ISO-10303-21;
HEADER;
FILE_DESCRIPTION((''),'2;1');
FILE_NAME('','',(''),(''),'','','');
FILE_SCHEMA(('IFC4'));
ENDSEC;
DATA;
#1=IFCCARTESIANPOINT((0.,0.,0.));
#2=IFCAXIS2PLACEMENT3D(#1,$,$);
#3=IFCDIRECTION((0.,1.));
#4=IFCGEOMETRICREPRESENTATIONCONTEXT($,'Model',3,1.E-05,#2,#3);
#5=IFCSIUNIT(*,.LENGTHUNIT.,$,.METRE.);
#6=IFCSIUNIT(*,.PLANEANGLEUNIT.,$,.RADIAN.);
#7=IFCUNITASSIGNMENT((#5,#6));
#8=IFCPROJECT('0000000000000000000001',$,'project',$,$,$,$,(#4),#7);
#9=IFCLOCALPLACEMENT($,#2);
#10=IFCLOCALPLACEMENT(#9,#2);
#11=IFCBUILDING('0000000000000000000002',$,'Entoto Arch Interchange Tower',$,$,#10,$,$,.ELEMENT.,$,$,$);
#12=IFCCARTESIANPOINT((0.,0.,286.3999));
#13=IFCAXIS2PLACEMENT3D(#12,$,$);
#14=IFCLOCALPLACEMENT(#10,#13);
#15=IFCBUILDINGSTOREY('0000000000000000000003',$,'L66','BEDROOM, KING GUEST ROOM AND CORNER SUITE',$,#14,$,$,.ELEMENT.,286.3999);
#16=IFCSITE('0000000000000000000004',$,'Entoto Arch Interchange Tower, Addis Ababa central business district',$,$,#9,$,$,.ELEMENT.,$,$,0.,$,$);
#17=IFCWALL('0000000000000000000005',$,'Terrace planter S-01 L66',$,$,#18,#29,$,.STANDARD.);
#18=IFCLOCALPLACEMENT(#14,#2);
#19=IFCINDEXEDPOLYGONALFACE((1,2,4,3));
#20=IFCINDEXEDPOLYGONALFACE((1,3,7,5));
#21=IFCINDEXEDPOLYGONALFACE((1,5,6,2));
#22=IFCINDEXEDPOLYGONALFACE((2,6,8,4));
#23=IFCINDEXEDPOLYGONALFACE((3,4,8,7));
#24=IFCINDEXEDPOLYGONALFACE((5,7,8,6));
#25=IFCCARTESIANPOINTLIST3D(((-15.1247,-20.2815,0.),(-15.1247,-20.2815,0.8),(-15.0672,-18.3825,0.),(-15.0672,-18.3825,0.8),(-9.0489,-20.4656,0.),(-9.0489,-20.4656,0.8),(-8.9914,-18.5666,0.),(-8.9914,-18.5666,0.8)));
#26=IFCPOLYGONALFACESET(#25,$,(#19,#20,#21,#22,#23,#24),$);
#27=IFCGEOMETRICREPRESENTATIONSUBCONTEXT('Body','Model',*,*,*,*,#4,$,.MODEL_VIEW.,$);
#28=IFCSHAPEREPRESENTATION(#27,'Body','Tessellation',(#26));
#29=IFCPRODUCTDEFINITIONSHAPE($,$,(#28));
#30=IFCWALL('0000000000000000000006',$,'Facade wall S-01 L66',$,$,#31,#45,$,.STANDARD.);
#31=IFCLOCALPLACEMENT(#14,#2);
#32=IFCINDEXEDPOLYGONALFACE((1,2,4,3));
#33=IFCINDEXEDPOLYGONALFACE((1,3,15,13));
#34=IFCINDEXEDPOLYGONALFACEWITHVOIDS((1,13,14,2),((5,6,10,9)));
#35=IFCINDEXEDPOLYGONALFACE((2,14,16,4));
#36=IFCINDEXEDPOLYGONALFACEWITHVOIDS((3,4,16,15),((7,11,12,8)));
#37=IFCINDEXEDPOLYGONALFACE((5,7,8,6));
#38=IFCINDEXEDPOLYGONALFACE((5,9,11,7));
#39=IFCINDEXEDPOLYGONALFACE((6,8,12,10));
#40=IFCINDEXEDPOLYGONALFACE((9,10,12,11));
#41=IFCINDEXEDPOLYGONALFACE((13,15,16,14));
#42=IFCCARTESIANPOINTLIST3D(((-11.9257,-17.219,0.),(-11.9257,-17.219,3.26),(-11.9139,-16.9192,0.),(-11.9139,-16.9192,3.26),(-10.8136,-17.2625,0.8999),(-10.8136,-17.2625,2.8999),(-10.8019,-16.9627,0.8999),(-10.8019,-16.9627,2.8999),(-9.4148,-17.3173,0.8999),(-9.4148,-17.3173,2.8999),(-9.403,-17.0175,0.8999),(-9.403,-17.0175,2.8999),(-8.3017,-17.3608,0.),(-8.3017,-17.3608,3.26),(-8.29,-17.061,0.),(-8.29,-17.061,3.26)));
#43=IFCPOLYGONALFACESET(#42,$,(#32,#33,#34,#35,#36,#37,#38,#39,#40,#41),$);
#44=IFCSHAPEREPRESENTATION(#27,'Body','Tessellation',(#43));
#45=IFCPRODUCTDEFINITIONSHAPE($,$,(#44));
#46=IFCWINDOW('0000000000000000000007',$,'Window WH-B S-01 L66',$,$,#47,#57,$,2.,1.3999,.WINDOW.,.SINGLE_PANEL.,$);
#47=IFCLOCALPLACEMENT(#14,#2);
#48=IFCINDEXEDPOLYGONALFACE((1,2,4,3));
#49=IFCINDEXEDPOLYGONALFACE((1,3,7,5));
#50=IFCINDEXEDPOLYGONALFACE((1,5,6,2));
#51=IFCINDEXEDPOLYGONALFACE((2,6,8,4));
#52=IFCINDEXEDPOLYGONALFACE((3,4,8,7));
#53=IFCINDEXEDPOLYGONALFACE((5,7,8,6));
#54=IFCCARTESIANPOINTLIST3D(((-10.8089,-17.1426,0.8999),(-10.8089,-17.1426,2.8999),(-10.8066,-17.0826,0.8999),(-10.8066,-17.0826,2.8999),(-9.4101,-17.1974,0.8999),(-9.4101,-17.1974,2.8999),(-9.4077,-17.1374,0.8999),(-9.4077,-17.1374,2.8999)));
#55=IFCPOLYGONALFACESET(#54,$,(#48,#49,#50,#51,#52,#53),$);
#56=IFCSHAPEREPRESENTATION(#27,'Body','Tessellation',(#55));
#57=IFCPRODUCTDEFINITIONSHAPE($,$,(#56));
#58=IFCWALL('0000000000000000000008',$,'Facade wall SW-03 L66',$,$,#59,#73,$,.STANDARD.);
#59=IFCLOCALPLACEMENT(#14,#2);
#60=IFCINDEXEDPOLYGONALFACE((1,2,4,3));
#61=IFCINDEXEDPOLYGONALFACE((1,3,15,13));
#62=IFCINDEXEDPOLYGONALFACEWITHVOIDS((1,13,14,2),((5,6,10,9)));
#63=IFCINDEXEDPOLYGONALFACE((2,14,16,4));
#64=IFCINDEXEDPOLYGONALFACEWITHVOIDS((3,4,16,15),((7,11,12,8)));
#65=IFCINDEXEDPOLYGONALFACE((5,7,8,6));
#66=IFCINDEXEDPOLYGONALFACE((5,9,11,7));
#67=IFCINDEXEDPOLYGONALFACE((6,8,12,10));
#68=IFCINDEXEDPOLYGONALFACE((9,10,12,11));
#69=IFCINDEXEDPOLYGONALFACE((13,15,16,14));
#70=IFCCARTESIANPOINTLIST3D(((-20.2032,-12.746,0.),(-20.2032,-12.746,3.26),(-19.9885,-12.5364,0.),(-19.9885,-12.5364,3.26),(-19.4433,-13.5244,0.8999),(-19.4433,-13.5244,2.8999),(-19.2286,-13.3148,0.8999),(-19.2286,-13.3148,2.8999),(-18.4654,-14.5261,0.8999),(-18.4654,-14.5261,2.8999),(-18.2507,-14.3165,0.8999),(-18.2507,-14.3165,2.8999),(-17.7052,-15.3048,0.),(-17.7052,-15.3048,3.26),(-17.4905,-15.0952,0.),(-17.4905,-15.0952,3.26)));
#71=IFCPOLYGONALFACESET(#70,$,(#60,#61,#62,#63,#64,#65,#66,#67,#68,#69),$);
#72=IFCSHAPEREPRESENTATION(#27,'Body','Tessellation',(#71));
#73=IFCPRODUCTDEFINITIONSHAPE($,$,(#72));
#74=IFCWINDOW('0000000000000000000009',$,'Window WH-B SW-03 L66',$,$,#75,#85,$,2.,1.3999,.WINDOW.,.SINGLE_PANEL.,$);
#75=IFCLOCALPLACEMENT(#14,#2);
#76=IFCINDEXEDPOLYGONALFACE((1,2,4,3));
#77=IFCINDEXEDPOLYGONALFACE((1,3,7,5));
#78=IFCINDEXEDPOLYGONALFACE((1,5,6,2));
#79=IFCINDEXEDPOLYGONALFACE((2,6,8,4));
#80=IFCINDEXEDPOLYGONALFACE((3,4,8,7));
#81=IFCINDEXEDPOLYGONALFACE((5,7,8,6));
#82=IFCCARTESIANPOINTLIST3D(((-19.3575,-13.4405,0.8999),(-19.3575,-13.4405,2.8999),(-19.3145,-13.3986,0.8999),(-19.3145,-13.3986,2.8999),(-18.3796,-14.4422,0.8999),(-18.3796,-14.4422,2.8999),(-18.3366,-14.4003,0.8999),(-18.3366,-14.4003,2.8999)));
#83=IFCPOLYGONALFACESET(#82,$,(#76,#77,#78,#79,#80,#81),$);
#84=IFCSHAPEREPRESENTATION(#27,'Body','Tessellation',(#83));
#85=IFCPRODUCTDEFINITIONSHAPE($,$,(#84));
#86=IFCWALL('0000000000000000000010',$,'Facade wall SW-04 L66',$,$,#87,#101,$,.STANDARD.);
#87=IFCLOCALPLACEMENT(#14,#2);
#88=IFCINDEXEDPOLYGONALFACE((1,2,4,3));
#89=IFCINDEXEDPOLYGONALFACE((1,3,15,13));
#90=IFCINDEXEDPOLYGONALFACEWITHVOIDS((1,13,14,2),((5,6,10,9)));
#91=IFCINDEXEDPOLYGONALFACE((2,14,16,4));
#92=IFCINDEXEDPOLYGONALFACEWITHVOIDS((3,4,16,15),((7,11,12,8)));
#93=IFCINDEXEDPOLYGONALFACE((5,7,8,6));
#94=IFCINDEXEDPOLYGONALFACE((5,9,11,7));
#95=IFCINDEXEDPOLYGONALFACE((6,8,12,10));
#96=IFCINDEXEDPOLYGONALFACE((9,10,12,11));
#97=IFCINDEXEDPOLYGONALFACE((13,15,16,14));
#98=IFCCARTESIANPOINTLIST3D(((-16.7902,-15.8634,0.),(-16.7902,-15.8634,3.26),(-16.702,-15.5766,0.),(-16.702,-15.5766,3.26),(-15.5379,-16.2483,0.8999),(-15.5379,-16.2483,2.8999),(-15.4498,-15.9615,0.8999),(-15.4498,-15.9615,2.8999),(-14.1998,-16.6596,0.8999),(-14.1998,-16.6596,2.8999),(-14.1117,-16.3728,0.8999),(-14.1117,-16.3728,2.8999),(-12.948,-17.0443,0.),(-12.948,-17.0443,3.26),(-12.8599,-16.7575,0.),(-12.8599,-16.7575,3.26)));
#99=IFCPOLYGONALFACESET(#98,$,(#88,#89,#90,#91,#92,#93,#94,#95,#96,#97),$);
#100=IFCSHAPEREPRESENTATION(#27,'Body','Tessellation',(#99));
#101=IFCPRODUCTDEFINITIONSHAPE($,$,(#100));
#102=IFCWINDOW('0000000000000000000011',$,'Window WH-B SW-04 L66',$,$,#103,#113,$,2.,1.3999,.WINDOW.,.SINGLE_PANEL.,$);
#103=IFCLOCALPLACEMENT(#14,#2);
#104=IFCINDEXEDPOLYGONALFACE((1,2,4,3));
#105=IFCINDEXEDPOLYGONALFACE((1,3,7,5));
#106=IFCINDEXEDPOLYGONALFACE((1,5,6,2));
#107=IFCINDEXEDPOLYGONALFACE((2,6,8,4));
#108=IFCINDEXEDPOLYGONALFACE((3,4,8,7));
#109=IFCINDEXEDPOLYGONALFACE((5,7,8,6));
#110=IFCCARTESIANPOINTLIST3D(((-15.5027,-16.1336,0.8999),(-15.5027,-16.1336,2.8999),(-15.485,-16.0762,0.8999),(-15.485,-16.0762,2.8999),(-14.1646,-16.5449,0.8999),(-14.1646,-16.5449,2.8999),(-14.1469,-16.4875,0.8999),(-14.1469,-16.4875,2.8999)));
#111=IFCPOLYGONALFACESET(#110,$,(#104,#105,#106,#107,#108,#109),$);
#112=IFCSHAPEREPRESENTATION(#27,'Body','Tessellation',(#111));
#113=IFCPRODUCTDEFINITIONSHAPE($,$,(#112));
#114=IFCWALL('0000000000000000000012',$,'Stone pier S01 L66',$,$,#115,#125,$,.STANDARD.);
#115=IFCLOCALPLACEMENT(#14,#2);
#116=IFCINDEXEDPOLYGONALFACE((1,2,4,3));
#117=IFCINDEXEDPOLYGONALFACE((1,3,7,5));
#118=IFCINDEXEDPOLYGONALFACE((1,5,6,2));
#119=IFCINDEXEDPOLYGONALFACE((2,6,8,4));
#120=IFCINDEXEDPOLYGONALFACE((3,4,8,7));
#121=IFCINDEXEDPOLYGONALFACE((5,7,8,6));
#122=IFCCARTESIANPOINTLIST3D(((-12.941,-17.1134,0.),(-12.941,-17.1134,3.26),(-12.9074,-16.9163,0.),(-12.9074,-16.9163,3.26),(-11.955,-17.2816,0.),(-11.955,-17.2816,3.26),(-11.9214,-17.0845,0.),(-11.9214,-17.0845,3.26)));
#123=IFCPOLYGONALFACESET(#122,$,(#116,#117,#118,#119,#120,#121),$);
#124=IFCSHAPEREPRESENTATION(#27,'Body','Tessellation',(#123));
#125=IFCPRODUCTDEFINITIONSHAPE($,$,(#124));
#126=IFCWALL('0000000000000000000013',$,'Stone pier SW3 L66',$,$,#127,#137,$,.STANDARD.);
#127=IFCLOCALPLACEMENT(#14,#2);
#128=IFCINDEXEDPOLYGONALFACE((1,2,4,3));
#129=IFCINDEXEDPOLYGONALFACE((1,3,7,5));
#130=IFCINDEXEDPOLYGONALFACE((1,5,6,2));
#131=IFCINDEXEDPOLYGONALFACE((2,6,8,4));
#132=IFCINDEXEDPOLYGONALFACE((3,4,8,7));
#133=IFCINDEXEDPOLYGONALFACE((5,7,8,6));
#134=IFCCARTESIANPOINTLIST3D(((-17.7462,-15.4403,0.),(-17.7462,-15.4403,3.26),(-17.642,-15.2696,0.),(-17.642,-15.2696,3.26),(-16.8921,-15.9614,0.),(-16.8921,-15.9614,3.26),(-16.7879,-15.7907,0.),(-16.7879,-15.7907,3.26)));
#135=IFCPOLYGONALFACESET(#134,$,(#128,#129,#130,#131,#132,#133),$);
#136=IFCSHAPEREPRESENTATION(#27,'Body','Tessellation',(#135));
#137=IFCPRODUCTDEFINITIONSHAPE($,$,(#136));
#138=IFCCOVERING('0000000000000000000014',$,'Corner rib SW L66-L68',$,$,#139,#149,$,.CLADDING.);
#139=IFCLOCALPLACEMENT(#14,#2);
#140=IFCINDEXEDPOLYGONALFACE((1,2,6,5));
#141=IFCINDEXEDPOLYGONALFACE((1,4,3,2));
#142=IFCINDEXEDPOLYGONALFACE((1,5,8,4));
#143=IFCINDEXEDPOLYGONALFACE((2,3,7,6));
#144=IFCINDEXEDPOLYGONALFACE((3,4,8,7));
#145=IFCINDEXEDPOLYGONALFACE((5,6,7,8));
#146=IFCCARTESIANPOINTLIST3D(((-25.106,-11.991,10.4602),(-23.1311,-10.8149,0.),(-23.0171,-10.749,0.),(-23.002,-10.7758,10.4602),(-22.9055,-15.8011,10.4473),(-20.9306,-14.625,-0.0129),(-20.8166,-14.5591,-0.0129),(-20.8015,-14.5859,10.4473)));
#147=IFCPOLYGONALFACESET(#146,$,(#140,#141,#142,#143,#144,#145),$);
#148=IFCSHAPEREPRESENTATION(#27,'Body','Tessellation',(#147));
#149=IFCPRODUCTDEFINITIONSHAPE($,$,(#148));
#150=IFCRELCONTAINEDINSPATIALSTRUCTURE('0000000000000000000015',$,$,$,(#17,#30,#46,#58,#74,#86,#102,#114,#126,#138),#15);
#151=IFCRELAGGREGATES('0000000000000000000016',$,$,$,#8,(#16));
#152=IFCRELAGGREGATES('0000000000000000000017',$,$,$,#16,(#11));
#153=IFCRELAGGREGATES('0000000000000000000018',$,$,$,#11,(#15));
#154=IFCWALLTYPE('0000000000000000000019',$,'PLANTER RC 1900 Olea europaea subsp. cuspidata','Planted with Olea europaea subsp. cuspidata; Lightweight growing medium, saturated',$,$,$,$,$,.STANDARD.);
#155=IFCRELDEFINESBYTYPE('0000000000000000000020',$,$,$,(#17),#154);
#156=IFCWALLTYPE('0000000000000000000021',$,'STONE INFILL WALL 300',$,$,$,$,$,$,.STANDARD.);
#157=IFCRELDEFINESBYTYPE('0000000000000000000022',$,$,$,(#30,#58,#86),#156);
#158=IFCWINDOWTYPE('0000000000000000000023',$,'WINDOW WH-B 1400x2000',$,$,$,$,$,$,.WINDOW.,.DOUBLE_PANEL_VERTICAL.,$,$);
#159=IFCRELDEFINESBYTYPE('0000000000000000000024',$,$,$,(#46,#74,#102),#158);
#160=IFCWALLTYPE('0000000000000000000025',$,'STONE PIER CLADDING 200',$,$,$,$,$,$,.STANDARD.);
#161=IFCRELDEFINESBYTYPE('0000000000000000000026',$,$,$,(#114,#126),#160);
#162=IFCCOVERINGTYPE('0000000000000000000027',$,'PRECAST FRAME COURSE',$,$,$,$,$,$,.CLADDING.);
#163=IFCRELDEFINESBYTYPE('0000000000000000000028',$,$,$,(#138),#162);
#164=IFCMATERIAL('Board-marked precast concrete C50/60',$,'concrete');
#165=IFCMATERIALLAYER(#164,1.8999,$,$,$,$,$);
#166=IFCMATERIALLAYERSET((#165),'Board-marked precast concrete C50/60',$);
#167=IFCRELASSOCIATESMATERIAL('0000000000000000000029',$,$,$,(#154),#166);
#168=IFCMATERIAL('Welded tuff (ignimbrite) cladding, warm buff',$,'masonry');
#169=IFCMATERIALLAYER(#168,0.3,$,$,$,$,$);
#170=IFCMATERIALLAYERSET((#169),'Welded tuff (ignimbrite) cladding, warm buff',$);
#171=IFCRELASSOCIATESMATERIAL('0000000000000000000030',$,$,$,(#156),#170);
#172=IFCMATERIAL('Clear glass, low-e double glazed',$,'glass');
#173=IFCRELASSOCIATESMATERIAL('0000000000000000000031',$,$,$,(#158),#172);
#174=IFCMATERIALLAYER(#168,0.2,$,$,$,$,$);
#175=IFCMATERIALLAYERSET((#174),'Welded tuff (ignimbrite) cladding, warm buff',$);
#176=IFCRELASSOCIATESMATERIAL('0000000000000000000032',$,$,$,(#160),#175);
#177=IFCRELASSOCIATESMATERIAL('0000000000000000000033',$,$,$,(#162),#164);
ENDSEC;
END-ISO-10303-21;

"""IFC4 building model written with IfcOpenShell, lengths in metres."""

from ifc_helpers import new_model, si_unit, direction, frame, frame_2d, origin, place, context, subcontext, project, spatial, polyline, rectangle, outline, extrude, material, layer, layer_set, type_object, element, fill, save


model = new_model("IFC4")

# Units and contexts
model_context = context("Model", 3, precision=1e-05, world=origin(), true_north=direction((0.0, 1.0)))
body_context = subcontext(model_context, "Body", "Model", "MODEL_VIEW")
ifc_project = project(units=[si_unit("LENGTHUNIT", "METRE"), si_unit("PLANEANGLEUNIT", "RADIAN")], contexts=[model_context])

# Site, building, storey
site_placement = place(None, origin())
site = spatial("IfcSite", under=ifc_project, at=site_placement, Name="Entoto Arch Interchange Tower, Addis Ababa central business district", CompositionType="ELEMENT", RefElevation=0.0)
building_placement = place(site_placement, origin())
building = spatial("IfcBuilding", under=site, at=building_placement, Name="Entoto Arch Interchange Tower", CompositionType="ELEMENT")
storey_placement = place(building_placement, frame((0.0, 0.0, 286.3999)))
storey = spatial("IfcBuildingStorey", under=building, at=storey_placement, Name="L66", Description="BEDROOM, KING GUEST ROOM AND CORNER SUITE", CompositionType="ELEMENT", Elevation=286.3999)

# Wall
ifc_material_1 = material(Name="Board-marked precast concrete C50/60", Category="concrete")
ifc_layer_1 = layer(ifc_material_1, 1.8999)
ifc_layer_set_1 = layer_set([ifc_layer_1], Name="Board-marked precast concrete C50/60")
wall_type_1 = type_object("IfcWallType", Name="PLANTER RC 1900 Olea europaea subsp. cuspidata", Description="Planted with Olea europaea subsp. cuspidata; Lightweight growing medium, saturated", PredefinedType="STANDARD", material=ifc_layer_set_1)
wall_1_placement = place(storey_placement, frame((-15.0959, -19.332, 0.0), z_axis=(0.0, 0.0, 1.0), x_axis=(0.999541, -0.030283, 0.0)))
element("IfcWall", 1, at=wall_1_placement, inside=storey, type_object=wall_type_1, Name="Terrace planter S-01 L66", PredefinedType="STANDARD", context=body_context, shape_type="SweptSolid", body=[
    extrude(rectangle(XDim=6.0786, YDim=1.8999, at=frame_2d((3.0393, 0.0))), origin(), (0.0, 0.0, 1.0), 0.8),
])

# Walls, openings, windows
ifc_material_2 = material(Name="Welded tuff (ignimbrite) cladding, warm buff", Category="masonry")
ifc_layer_2 = layer(ifc_material_2, 0.3)
ifc_layer_set_2 = layer_set([ifc_layer_2], Name="Welded tuff (ignimbrite) cladding, warm buff")
wall_type_2 = type_object("IfcWallType", Name="STONE INFILL WALL 300", PredefinedType="STANDARD", material=ifc_layer_set_2)
wall_2_placement = place(storey_placement, frame((-11.9199, -17.0691, 0.0), z_axis=(0.0, 0.0, 1.0), x_axis=(0.999235, -0.03911, 0.0)))
wall_2 = element("IfcWall", 2, at=wall_2_placement, inside=storey, type_object=wall_type_2, Name="Facade wall S-01 L66", PredefinedType="STANDARD", context=body_context, shape_type="SweptSolid", body=[
    extrude(rectangle(XDim=3.6267, YDim=0.3, at=frame_2d((1.8135, 0.0))), origin(), (0.0, 0.0, 1.0), 3.26),
])
opening_1_placement = place(wall_2_placement, frame((1.113, 0.0, 0.8999)))
opening_1 = element("IfcOpeningElement", 3, at=opening_1_placement, cuts=wall_2, PredefinedType="OPENING", context=body_context, shape_type="SweptSolid", body=[
    extrude(rectangle(XDim=1.3999, YDim=2.0, at=frame_2d((0.7, 1.0))), frame((0.0, 0.1602, 0.0), z_axis=(0.0, -1.0, 0.0), x_axis=(1.0, 0.0, 0.0)), (0.0, 0.0, 1.0), 0.3201),
])
ifc_material_3 = material(Name="Clear glass, low-e double glazed", Category="glass")
window_type = type_object("IfcWindowType", Name="WINDOW WH-B 1400x2000", PartitioningType="DOUBLE_PANEL_VERTICAL", PredefinedType="WINDOW", material=ifc_material_3)
window_1_placement = place(opening_1_placement, origin())
window_1 = element("IfcWindow", 4, at=window_1_placement, inside=storey, type_object=window_type, Name="Window WH-B S-01 L66", OverallHeight=2.0, OverallWidth=1.3999, PartitioningType="SINGLE_PANEL", PredefinedType="WINDOW", context=body_context, shape_type="SweptSolid", body=[
    extrude(rectangle(XDim=1.3999, YDim=2.0, at=frame_2d((0.7, 1.0))), frame((0.0, 0.03, 0.0), z_axis=(0.0, -1.0, 0.0), x_axis=(1.0, 0.0, 0.0)), (0.0, 0.0, 1.0), 0.0601),
])
fill(opening_1, window_1)
wall_3_placement = place(storey_placement, frame((-20.0959, -12.6411, 0.0), z_axis=(0.0, 0.0, 1.0), x_axis=(0.698556, -0.715556, 0.0)))
wall_3 = element("IfcWall", 5, at=wall_3_placement, inside=storey, type_object=wall_type_2, Name="Facade wall SW-03 L66", PredefinedType="STANDARD", context=body_context, shape_type="SweptSolid", body=[
    extrude(rectangle(XDim=3.5759, YDim=0.3, at=frame_2d((1.7881, 0.0))), origin(), (0.0, 0.0, 1.0), 3.26),
])
opening_2_placement = place(wall_3_placement, frame((1.0879, 0.0, 0.8999)))
opening_2 = element("IfcOpeningElement", 6, at=opening_2_placement, cuts=wall_3, PredefinedType="OPENING", context=body_context, shape_type="SweptSolid", body=[
    extrude(rectangle(XDim=1.3999, YDim=2.0, at=frame_2d((0.7, 1.0))), frame((0.0, 0.1602, 0.0), z_axis=(0.0, -1.0, 0.0), x_axis=(1.0, 0.0, 0.0)), (0.0, 0.0, 1.0), 0.3201),
])
window_2_placement = place(opening_2_placement, origin())
window_2 = element("IfcWindow", 7, at=window_2_placement, inside=storey, type_object=window_type, Name="Window WH-B SW-03 L66", OverallHeight=2.0, OverallWidth=1.3999, PartitioningType="SINGLE_PANEL", PredefinedType="WINDOW", context=body_context, shape_type="SweptSolid", body=[
    extrude(rectangle(XDim=1.3999, YDim=2.0, at=frame_2d((0.7, 1.0))), frame((0.0, 0.03, 0.0), z_axis=(0.0, -1.0, 0.0), x_axis=(1.0, 0.0, 0.0)), (0.0, 0.0, 1.0), 0.0601),
])
fill(opening_2, window_2)
wall_4_placement = place(storey_placement, frame((-16.7461, -15.72, 0.0), z_axis=(0.0, 0.0, 1.0), x_axis=(0.955867, -0.2938, 0.0)))
wall_4 = element("IfcWall", 8, at=wall_4_placement, inside=storey, type_object=wall_type_2, Name="Facade wall SW-04 L66", PredefinedType="STANDARD", context=body_context, shape_type="SweptSolid", body=[
    extrude(rectangle(XDim=4.0195, YDim=0.3, at=frame_2d((2.0098, 0.0))), origin(), (0.0, 0.0, 1.0), 3.26),
])
opening_3_placement = place(wall_4_placement, frame((1.3101, 0.0, 0.8999)))
opening_3 = element("IfcOpeningElement", 9, at=opening_3_placement, cuts=wall_4, PredefinedType="OPENING", context=body_context, shape_type="SweptSolid", body=[
    extrude(rectangle(XDim=1.3999, YDim=2.0, at=frame_2d((0.7, 1.0))), frame((0.0, 0.1602, 0.0), z_axis=(0.0, -1.0, 0.0), x_axis=(1.0, 0.0, 0.0)), (0.0, 0.0, 1.0), 0.3201),
])
window_3_placement = place(opening_3_placement, origin())
window_3 = element("IfcWindow", 10, at=window_3_placement, inside=storey, type_object=window_type, Name="Window WH-B SW-04 L66", OverallHeight=2.0, OverallWidth=1.3999, PartitioningType="SINGLE_PANEL", PredefinedType="WINDOW", context=body_context, shape_type="SweptSolid", body=[
    extrude(rectangle(XDim=1.3999, YDim=2.0, at=frame_2d((0.7, 1.0))), frame((0.0, 0.03, 0.0), z_axis=(0.0, -1.0, 0.0), x_axis=(1.0, 0.0, 0.0)), (0.0, 0.0, 1.0), 0.0601),
])
fill(opening_3, window_3)

# Walls
ifc_layer_3 = layer(ifc_material_2, 0.2)
ifc_layer_set_3 = layer_set([ifc_layer_3], Name="Welded tuff (ignimbrite) cladding, warm buff")
wall_type_3 = type_object("IfcWallType", Name="STONE PIER CLADDING 200", PredefinedType="STANDARD", material=ifc_layer_set_3)
wall_5_placement = place(storey_placement, frame((-12.9241, -17.0149, 0.0), z_axis=(0.0, 0.0, 1.0), x_axis=(0.98576, -0.168158, 0.0)))
element("IfcWall", 11, at=wall_5_placement, inside=storey, type_object=wall_type_3, Name="Stone pier S01 L66", PredefinedType="STANDARD", context=body_context, shape_type="SweptSolid", body=[
    extrude(rectangle(XDim=1.0002, YDim=0.2, at=frame_2d((0.5, 0.0))), origin(), (0.0, 0.0, 1.0), 3.26),
])
wall_6_placement = place(storey_placement, frame((-17.6941, -15.355, 0.0), z_axis=(0.0, 0.0, 1.0), x_axis=(0.85368, -0.520798, 0.0)))
element("IfcWall", 12, at=wall_6_placement, inside=storey, type_object=wall_type_3, Name="Stone pier SW3 L66", PredefinedType="STANDARD", context=body_context, shape_type="SweptSolid", body=[
    extrude(rectangle(XDim=1.0005, YDim=0.2, at=frame_2d((0.5002, 0.0))), origin(), (0.0, 0.0, 1.0), 3.26),
])

# Covering
covering_type = type_object("IfcCoveringType", Name="PRECAST FRAME COURSE", PredefinedType="CLADDING", material=ifc_material_1)
covering_placement = place(storey_placement, frame((-23.0171, -10.749, 0.0), z_axis=(-0.500125, 0.865948, 0.002941), x_axis=(-0.865952, -0.500127, 0.000001)))
element("IfcCovering", 13, at=covering_placement, inside=storey, type_object=covering_type, Name="Corner rib SW L66-L68", PredefinedType="CLADDING", context=body_context, shape_type="SweptSolid", body=[
    extrude(outline(polyline([(0.0, 0.0), (0.1317, 0.0), (2.43, 10.4602), (0.0003, 10.4603), (0.0, 0.0)])), origin(), (0.0, 0.0, -1.0), 4.3999),
])

save(model, "model.ifc")
